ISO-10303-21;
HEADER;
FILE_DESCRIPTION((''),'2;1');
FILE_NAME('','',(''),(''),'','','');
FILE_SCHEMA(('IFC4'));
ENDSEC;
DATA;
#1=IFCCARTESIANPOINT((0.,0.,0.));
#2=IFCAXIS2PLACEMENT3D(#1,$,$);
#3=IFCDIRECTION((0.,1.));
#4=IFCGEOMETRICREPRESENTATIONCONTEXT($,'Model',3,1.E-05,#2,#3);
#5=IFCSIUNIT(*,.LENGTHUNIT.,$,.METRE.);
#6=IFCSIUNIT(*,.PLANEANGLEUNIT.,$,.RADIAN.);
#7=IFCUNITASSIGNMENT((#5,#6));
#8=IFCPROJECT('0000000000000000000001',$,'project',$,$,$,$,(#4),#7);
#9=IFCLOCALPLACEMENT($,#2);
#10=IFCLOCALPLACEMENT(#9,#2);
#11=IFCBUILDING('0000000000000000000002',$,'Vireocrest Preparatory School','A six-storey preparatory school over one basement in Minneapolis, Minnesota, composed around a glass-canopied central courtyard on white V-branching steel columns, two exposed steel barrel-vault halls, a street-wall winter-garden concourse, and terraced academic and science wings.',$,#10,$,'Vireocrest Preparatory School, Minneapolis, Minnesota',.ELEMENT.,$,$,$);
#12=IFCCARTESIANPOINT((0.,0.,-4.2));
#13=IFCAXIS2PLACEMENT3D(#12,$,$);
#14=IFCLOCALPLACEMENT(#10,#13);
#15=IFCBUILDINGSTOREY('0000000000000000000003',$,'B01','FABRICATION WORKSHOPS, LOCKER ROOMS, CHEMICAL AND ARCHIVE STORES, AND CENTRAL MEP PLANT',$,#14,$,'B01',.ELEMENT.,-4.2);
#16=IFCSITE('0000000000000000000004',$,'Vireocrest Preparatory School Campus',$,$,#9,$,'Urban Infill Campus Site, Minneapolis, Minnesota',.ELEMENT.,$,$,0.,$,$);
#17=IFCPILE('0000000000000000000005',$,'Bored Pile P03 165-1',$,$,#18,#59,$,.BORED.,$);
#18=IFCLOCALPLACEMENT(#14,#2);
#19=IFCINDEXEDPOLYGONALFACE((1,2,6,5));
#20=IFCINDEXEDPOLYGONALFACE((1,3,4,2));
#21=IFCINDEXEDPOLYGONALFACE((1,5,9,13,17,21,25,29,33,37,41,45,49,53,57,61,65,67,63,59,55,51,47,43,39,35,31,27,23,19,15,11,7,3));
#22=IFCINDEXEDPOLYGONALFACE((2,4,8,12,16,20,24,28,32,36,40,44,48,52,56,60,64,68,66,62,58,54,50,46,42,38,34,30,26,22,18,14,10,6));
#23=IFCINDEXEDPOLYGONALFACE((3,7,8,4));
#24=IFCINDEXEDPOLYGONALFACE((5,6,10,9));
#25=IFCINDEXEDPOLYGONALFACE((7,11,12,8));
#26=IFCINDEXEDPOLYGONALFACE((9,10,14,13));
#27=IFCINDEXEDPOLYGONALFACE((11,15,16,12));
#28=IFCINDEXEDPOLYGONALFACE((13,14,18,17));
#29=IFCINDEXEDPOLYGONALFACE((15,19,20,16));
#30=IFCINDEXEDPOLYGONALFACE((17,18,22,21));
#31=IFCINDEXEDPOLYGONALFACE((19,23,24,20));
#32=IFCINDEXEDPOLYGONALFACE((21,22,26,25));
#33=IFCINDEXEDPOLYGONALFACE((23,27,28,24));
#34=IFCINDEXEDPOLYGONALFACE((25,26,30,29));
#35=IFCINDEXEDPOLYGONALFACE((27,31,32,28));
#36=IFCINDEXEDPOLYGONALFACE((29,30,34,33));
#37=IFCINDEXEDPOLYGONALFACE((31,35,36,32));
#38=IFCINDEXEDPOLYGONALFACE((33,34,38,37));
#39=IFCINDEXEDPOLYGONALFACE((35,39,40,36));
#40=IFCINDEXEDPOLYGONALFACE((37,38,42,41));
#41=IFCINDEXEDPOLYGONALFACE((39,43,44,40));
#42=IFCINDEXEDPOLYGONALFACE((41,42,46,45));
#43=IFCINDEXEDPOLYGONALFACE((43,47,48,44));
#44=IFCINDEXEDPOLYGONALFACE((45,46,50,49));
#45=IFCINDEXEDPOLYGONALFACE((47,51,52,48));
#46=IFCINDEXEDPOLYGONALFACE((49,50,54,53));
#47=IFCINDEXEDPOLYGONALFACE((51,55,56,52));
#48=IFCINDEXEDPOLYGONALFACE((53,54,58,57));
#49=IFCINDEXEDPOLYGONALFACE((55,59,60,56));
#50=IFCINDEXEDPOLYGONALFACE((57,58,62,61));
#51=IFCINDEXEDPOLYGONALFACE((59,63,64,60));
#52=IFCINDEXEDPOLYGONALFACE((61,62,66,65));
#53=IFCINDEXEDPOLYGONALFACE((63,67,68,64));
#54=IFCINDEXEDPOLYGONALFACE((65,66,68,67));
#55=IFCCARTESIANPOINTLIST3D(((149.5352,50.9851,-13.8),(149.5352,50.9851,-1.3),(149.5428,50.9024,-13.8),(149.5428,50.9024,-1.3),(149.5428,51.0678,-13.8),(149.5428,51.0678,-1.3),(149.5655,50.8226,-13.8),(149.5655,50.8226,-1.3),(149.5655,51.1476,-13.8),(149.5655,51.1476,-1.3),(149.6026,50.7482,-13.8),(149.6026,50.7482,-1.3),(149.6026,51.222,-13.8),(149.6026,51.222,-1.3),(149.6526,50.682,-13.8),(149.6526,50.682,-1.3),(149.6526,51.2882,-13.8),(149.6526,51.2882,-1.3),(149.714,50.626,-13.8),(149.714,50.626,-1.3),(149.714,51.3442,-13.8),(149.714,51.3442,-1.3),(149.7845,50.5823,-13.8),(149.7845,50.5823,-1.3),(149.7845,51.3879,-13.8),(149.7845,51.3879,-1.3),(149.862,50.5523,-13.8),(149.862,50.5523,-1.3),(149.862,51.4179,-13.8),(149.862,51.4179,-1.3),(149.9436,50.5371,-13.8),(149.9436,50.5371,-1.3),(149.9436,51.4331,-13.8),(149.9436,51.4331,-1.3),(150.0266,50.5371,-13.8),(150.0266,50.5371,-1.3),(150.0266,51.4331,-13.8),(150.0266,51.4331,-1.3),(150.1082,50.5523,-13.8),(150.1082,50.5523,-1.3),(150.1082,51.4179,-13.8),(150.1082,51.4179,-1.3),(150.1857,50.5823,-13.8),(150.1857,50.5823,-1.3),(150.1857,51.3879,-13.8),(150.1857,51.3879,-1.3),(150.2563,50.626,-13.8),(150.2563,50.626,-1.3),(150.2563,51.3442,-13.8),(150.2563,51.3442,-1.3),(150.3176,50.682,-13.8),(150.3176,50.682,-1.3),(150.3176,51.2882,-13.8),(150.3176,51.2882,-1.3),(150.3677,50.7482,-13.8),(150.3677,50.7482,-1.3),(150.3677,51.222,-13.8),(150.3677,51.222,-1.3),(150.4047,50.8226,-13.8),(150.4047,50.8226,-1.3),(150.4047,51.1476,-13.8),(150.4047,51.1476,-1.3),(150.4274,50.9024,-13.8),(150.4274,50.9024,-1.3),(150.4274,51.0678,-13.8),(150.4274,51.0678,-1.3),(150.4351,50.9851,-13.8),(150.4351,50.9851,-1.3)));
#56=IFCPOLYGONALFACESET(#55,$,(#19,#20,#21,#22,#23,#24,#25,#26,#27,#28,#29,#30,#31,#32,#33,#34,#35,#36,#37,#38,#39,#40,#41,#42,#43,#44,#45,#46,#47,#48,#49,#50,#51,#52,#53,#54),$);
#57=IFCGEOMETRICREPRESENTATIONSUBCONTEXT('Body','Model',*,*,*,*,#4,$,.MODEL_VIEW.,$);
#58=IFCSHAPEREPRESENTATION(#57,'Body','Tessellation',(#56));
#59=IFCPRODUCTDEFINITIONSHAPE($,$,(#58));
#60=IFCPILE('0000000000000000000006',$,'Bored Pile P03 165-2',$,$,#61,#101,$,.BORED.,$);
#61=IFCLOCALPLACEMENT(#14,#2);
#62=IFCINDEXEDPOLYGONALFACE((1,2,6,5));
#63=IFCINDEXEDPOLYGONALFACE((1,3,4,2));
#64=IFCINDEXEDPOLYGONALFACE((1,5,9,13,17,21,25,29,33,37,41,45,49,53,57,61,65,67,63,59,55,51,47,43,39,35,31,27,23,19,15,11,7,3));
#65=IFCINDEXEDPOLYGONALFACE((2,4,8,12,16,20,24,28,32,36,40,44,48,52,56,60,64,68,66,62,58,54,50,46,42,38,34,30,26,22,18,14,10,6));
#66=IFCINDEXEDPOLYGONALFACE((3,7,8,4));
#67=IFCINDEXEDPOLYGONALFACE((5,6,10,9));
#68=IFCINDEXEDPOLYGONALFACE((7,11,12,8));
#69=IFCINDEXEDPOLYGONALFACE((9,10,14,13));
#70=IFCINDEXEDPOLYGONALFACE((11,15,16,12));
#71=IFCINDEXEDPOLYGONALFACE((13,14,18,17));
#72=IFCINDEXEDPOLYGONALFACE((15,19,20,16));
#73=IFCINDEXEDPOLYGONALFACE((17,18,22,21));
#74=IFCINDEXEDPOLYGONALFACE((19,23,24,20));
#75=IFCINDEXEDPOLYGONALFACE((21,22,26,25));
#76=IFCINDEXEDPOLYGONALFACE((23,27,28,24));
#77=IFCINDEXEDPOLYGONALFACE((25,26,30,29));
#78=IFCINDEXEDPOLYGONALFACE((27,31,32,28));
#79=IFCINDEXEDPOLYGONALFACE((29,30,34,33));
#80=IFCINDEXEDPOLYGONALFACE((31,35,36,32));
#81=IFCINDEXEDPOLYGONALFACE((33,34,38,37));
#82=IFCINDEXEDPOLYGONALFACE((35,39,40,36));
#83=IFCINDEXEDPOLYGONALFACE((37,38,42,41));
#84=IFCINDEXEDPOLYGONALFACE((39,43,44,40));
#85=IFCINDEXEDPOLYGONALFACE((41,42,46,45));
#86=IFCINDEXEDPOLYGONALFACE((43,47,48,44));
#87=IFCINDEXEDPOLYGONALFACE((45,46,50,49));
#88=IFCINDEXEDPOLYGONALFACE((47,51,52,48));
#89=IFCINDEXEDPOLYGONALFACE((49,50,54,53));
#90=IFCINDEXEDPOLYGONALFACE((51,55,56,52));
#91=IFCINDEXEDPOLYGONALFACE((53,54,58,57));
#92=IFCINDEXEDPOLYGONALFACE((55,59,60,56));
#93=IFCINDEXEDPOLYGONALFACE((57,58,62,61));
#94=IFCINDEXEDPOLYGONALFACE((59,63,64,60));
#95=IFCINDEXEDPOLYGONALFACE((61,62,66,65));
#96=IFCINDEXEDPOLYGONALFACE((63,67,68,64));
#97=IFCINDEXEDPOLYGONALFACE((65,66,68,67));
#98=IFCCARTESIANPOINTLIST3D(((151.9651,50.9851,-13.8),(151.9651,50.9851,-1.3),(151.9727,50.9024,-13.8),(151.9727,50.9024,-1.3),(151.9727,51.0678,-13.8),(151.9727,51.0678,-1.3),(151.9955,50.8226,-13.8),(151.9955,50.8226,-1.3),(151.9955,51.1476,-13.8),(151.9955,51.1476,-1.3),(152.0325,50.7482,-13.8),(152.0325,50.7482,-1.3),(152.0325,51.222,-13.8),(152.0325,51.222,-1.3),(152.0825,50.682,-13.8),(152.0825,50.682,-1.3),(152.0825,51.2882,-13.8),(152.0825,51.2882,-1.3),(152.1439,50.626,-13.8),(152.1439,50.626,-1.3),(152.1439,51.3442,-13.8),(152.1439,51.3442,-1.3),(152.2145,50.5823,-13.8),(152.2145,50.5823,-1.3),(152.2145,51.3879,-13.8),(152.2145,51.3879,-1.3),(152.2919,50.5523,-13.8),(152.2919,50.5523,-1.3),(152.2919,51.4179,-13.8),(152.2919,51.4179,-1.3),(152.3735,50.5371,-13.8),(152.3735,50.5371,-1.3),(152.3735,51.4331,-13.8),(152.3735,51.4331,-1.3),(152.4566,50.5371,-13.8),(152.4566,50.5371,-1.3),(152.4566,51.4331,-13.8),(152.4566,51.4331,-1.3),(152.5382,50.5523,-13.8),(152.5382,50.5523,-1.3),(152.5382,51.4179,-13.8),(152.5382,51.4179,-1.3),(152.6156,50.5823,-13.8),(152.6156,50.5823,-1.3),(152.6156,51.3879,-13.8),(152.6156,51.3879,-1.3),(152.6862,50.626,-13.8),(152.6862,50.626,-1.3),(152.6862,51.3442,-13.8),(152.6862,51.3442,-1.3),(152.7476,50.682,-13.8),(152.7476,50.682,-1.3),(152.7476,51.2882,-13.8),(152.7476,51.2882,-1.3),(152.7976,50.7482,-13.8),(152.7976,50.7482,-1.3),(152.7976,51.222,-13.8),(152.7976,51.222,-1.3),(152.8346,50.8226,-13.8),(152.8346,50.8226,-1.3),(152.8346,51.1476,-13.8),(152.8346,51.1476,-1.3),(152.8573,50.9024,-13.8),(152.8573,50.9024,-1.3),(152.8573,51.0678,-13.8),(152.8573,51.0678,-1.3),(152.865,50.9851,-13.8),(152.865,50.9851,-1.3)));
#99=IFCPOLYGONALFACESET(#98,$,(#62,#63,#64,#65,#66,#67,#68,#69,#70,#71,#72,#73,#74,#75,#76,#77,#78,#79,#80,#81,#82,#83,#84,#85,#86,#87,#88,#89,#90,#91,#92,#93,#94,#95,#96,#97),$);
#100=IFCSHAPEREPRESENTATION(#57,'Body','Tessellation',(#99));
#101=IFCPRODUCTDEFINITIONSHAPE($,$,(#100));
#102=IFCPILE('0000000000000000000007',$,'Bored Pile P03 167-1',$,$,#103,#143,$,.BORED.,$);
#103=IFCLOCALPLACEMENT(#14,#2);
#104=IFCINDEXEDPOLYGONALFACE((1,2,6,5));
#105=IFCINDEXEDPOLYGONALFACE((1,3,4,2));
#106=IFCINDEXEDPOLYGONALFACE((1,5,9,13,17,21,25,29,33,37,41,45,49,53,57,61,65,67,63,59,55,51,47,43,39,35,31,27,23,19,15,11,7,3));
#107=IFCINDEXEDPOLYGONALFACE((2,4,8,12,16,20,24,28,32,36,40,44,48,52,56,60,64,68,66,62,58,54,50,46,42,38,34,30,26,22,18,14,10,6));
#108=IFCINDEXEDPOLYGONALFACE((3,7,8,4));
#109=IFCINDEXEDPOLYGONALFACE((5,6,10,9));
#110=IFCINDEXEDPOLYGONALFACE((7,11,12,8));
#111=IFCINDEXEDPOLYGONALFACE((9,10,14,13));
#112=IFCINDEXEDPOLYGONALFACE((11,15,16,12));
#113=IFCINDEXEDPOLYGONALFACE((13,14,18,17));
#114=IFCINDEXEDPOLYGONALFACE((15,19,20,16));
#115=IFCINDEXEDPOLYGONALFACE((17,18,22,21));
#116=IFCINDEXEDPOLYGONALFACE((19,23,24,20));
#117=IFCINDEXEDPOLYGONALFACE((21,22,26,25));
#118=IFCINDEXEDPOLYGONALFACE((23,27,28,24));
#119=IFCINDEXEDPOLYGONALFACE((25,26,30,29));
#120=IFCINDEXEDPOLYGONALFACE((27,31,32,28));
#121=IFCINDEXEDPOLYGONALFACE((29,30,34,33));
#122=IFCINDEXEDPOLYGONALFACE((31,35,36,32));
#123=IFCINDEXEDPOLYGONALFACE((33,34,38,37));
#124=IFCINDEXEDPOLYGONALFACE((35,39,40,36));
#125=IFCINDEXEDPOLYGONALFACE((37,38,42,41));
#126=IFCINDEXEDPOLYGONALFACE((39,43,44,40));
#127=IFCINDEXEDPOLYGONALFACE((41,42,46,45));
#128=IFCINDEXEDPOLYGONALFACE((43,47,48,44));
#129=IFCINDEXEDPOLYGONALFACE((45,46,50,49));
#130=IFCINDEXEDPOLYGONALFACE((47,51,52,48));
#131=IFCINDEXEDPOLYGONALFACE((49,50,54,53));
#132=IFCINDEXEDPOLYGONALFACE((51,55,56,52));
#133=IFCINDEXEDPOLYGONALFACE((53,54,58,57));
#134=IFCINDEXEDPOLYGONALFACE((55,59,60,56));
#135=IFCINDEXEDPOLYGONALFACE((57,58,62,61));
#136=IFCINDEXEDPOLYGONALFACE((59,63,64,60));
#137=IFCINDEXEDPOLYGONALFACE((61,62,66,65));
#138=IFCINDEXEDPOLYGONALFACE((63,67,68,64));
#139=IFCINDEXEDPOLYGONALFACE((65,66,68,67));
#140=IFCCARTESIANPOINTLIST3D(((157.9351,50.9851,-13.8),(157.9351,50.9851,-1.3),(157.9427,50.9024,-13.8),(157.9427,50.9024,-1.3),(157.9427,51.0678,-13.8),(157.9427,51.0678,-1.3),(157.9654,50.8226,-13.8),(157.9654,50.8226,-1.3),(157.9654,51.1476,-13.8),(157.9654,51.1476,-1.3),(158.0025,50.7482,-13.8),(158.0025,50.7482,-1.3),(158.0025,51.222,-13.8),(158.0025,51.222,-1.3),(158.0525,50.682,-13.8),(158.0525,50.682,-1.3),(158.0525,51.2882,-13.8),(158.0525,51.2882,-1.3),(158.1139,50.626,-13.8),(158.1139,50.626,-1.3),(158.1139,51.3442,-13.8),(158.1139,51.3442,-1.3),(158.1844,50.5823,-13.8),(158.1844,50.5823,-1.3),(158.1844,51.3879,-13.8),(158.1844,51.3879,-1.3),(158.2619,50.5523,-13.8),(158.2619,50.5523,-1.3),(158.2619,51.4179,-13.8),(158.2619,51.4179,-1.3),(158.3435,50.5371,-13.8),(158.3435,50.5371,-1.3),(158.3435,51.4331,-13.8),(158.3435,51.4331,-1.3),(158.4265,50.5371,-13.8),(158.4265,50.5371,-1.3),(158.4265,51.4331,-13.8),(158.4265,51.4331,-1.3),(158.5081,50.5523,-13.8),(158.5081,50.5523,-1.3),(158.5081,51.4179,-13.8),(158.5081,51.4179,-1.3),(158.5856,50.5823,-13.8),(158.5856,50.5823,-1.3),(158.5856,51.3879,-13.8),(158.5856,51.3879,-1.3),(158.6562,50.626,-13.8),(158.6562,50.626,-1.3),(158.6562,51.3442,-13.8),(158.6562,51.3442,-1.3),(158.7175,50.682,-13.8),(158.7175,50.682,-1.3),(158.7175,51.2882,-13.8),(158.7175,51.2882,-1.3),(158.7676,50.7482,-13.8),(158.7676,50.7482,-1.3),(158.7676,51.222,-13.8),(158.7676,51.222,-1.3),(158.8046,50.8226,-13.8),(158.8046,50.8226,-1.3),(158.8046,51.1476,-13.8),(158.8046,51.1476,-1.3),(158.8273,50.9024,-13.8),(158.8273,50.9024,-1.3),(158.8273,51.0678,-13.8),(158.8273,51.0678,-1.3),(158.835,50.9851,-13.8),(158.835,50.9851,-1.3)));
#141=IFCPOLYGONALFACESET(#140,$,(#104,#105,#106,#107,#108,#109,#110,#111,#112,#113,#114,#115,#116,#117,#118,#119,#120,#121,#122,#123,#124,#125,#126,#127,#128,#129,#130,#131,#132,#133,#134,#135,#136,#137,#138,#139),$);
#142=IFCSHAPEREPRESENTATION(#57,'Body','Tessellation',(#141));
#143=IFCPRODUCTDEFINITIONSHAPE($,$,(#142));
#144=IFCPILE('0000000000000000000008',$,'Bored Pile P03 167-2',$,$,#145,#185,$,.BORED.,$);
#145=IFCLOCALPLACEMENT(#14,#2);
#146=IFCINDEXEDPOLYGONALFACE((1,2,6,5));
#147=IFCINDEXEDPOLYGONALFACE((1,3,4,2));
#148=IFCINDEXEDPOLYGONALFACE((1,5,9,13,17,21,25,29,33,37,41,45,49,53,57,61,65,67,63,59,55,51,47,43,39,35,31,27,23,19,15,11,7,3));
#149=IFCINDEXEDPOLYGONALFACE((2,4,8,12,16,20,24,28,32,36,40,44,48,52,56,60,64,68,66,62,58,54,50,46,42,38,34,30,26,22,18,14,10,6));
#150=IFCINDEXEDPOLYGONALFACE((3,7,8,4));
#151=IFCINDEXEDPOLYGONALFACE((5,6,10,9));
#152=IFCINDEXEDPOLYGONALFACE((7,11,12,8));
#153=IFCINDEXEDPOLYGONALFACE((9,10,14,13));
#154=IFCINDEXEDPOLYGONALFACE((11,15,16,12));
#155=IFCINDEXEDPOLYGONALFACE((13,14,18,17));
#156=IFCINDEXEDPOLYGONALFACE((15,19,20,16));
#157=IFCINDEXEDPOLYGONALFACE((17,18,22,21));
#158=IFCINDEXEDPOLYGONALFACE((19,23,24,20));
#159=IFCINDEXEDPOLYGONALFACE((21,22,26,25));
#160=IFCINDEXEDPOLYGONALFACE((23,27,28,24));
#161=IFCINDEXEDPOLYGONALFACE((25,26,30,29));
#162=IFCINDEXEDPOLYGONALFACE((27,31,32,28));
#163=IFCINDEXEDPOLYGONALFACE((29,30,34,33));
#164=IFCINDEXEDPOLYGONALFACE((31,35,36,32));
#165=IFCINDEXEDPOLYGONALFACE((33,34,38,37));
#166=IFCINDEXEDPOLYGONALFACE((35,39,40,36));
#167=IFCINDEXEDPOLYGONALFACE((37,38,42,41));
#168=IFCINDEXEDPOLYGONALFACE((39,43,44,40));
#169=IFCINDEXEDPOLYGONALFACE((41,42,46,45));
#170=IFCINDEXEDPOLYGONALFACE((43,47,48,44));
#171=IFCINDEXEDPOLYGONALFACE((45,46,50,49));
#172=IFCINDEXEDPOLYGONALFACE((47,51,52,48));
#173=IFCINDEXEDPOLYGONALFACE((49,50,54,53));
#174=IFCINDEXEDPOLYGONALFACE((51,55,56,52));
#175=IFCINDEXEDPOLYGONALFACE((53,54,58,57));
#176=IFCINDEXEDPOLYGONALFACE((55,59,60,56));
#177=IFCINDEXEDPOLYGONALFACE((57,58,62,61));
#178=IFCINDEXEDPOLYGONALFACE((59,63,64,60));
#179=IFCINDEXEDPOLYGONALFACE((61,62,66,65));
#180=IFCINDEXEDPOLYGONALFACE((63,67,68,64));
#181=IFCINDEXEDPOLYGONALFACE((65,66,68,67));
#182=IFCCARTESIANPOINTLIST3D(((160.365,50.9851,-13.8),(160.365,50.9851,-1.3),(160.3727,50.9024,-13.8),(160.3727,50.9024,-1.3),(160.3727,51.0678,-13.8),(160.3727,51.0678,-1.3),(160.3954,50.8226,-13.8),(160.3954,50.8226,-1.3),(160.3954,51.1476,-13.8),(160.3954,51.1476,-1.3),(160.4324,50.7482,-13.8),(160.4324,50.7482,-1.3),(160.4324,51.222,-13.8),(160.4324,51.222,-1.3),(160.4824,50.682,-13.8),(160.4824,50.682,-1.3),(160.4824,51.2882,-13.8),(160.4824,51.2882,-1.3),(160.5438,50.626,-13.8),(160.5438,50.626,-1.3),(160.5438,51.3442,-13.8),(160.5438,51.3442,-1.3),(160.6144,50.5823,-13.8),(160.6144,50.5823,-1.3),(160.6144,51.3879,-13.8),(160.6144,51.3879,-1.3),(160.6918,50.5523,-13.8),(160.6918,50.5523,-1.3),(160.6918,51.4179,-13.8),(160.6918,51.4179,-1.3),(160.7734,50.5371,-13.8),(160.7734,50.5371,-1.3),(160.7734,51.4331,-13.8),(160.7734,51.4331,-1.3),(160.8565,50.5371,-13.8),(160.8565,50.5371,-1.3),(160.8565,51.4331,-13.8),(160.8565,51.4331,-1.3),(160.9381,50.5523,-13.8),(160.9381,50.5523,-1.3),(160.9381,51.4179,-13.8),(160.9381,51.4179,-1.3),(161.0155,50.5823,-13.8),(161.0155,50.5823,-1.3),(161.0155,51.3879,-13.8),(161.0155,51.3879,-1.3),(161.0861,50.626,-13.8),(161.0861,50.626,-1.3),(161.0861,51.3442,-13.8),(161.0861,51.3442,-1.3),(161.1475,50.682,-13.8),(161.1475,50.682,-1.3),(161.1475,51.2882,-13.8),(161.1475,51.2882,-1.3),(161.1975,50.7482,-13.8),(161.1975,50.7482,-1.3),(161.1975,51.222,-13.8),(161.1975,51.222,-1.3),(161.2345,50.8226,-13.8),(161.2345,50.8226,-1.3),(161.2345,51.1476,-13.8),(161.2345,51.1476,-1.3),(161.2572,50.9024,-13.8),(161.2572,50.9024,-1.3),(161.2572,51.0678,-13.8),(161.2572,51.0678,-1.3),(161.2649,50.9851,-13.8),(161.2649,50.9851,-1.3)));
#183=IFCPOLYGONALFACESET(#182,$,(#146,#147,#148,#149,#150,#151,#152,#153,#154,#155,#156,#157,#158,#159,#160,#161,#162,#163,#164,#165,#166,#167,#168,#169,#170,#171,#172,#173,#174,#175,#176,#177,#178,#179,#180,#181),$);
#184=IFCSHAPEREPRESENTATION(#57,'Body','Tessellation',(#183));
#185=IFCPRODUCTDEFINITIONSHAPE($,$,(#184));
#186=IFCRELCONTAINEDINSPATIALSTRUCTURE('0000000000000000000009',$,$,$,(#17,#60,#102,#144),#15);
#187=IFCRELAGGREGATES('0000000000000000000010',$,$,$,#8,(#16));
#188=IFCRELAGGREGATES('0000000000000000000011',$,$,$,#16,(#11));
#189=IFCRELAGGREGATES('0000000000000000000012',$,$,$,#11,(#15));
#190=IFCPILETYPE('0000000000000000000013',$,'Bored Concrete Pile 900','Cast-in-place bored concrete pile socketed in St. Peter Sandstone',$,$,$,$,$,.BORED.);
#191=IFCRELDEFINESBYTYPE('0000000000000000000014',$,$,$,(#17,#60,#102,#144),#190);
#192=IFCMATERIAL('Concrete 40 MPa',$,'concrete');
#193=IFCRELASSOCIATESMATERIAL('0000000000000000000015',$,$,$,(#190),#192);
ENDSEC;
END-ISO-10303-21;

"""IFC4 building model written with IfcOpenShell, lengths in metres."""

from ifc_helpers import new_model, si_unit, direction, frame, origin, origin_2d, place, context, subcontext, project, spatial, circle, extrude, material, material_profile, profile_set, type_object, element, save


model = new_model("IFC4")

# Units and contexts
model_context = context("Model", 3, precision=1e-05, world=origin(), true_north=direction((0.0, 1.0)))
body_context = subcontext(model_context, "Body", "Model", "MODEL_VIEW")
ifc_project = project(units=[si_unit("LENGTHUNIT", "METRE"), si_unit("PLANEANGLEUNIT", "RADIAN")], contexts=[model_context])

# Site, building, storey
site_placement = place(None, origin())
site = spatial("IfcSite", under=ifc_project, at=site_placement, Name="Vireocrest Preparatory School Campus", LongName="Urban Infill Campus Site, Minneapolis, Minnesota", CompositionType="ELEMENT", RefElevation=0.0)
building_placement = place(site_placement, origin())
building = spatial("IfcBuilding", under=site, at=building_placement, Name="Vireocrest Preparatory School", Description="A six-storey preparatory school over one basement in Minneapolis, Minnesota, composed around a glass-canopied central courtyard on white V-branching steel columns, two exposed steel barrel-vault halls, a street-wall winter-garden concourse, and terraced academic and science wings.", LongName="Vireocrest Preparatory School, Minneapolis, Minnesota", CompositionType="ELEMENT")
storey_placement = place(building_placement, frame((0.0, 0.0, -4.2)))
storey = spatial("IfcBuildingStorey", under=building, at=storey_placement, Name="B01", Description="FABRICATION WORKSHOPS, LOCKER ROOMS, CHEMICAL AND ARCHIVE STORES, AND CENTRAL MEP PLANT", LongName="B01", CompositionType="ELEMENT", Elevation=-4.2)

# Piles
ifc_material_1 = material(Name="Concrete 40 MPa", Category="concrete")
ifc_material_profile_1 = material_profile(ifc_material_1, circle(Radius=0.45, at=origin_2d()), Name="BORED PILE 900")
ifc_profile_set_1 = profile_set([ifc_material_profile_1], Name="Concrete 40 MPa")
pile_type = type_object("IfcPileType", Name="Bored Concrete Pile 900", Description="Cast-in-place bored concrete pile socketed in St. Peter Sandstone", PredefinedType="BORED", material=ifc_profile_set_1)
for number, where, z_axis, x_axis, name in (
    (1, (149.9851, 50.9851, -1.3), (0.0, 0.0, -1.0), (1.0, 0.0, 0.0), "Bored Pile P03 165-1"),
    (2, (152.415, 50.9851, -1.3), (0.0, 0.0, -1.0), (1.0, 0.0, 0.0), "Bored Pile P03 165-2"),
    (3, (158.385, 50.9851, -1.3), (0.0, 0.0, -1.0), (1.0, 0.0, 0.0), "Bored Pile P03 167-1"),
    (4, (160.8149, 50.9851, -1.3), (0.0, 0.0, -1.0), (1.0, 0.0, 0.0), "Bored Pile P03 167-2"),
):
    element("IfcPile", number, at=place(storey_placement, frame(where, z_axis=z_axis, x_axis=x_axis)), inside=storey, type_object=pile_type, Name=name, PredefinedType="BORED", context=body_context, shape_type="SweptSolid", body=[
        extrude(circle(Radius=0.45, at=origin_2d()), origin(), (0.0, 0.0, 1.0), 12.5),
    ])

save(model, "model.ifc")
